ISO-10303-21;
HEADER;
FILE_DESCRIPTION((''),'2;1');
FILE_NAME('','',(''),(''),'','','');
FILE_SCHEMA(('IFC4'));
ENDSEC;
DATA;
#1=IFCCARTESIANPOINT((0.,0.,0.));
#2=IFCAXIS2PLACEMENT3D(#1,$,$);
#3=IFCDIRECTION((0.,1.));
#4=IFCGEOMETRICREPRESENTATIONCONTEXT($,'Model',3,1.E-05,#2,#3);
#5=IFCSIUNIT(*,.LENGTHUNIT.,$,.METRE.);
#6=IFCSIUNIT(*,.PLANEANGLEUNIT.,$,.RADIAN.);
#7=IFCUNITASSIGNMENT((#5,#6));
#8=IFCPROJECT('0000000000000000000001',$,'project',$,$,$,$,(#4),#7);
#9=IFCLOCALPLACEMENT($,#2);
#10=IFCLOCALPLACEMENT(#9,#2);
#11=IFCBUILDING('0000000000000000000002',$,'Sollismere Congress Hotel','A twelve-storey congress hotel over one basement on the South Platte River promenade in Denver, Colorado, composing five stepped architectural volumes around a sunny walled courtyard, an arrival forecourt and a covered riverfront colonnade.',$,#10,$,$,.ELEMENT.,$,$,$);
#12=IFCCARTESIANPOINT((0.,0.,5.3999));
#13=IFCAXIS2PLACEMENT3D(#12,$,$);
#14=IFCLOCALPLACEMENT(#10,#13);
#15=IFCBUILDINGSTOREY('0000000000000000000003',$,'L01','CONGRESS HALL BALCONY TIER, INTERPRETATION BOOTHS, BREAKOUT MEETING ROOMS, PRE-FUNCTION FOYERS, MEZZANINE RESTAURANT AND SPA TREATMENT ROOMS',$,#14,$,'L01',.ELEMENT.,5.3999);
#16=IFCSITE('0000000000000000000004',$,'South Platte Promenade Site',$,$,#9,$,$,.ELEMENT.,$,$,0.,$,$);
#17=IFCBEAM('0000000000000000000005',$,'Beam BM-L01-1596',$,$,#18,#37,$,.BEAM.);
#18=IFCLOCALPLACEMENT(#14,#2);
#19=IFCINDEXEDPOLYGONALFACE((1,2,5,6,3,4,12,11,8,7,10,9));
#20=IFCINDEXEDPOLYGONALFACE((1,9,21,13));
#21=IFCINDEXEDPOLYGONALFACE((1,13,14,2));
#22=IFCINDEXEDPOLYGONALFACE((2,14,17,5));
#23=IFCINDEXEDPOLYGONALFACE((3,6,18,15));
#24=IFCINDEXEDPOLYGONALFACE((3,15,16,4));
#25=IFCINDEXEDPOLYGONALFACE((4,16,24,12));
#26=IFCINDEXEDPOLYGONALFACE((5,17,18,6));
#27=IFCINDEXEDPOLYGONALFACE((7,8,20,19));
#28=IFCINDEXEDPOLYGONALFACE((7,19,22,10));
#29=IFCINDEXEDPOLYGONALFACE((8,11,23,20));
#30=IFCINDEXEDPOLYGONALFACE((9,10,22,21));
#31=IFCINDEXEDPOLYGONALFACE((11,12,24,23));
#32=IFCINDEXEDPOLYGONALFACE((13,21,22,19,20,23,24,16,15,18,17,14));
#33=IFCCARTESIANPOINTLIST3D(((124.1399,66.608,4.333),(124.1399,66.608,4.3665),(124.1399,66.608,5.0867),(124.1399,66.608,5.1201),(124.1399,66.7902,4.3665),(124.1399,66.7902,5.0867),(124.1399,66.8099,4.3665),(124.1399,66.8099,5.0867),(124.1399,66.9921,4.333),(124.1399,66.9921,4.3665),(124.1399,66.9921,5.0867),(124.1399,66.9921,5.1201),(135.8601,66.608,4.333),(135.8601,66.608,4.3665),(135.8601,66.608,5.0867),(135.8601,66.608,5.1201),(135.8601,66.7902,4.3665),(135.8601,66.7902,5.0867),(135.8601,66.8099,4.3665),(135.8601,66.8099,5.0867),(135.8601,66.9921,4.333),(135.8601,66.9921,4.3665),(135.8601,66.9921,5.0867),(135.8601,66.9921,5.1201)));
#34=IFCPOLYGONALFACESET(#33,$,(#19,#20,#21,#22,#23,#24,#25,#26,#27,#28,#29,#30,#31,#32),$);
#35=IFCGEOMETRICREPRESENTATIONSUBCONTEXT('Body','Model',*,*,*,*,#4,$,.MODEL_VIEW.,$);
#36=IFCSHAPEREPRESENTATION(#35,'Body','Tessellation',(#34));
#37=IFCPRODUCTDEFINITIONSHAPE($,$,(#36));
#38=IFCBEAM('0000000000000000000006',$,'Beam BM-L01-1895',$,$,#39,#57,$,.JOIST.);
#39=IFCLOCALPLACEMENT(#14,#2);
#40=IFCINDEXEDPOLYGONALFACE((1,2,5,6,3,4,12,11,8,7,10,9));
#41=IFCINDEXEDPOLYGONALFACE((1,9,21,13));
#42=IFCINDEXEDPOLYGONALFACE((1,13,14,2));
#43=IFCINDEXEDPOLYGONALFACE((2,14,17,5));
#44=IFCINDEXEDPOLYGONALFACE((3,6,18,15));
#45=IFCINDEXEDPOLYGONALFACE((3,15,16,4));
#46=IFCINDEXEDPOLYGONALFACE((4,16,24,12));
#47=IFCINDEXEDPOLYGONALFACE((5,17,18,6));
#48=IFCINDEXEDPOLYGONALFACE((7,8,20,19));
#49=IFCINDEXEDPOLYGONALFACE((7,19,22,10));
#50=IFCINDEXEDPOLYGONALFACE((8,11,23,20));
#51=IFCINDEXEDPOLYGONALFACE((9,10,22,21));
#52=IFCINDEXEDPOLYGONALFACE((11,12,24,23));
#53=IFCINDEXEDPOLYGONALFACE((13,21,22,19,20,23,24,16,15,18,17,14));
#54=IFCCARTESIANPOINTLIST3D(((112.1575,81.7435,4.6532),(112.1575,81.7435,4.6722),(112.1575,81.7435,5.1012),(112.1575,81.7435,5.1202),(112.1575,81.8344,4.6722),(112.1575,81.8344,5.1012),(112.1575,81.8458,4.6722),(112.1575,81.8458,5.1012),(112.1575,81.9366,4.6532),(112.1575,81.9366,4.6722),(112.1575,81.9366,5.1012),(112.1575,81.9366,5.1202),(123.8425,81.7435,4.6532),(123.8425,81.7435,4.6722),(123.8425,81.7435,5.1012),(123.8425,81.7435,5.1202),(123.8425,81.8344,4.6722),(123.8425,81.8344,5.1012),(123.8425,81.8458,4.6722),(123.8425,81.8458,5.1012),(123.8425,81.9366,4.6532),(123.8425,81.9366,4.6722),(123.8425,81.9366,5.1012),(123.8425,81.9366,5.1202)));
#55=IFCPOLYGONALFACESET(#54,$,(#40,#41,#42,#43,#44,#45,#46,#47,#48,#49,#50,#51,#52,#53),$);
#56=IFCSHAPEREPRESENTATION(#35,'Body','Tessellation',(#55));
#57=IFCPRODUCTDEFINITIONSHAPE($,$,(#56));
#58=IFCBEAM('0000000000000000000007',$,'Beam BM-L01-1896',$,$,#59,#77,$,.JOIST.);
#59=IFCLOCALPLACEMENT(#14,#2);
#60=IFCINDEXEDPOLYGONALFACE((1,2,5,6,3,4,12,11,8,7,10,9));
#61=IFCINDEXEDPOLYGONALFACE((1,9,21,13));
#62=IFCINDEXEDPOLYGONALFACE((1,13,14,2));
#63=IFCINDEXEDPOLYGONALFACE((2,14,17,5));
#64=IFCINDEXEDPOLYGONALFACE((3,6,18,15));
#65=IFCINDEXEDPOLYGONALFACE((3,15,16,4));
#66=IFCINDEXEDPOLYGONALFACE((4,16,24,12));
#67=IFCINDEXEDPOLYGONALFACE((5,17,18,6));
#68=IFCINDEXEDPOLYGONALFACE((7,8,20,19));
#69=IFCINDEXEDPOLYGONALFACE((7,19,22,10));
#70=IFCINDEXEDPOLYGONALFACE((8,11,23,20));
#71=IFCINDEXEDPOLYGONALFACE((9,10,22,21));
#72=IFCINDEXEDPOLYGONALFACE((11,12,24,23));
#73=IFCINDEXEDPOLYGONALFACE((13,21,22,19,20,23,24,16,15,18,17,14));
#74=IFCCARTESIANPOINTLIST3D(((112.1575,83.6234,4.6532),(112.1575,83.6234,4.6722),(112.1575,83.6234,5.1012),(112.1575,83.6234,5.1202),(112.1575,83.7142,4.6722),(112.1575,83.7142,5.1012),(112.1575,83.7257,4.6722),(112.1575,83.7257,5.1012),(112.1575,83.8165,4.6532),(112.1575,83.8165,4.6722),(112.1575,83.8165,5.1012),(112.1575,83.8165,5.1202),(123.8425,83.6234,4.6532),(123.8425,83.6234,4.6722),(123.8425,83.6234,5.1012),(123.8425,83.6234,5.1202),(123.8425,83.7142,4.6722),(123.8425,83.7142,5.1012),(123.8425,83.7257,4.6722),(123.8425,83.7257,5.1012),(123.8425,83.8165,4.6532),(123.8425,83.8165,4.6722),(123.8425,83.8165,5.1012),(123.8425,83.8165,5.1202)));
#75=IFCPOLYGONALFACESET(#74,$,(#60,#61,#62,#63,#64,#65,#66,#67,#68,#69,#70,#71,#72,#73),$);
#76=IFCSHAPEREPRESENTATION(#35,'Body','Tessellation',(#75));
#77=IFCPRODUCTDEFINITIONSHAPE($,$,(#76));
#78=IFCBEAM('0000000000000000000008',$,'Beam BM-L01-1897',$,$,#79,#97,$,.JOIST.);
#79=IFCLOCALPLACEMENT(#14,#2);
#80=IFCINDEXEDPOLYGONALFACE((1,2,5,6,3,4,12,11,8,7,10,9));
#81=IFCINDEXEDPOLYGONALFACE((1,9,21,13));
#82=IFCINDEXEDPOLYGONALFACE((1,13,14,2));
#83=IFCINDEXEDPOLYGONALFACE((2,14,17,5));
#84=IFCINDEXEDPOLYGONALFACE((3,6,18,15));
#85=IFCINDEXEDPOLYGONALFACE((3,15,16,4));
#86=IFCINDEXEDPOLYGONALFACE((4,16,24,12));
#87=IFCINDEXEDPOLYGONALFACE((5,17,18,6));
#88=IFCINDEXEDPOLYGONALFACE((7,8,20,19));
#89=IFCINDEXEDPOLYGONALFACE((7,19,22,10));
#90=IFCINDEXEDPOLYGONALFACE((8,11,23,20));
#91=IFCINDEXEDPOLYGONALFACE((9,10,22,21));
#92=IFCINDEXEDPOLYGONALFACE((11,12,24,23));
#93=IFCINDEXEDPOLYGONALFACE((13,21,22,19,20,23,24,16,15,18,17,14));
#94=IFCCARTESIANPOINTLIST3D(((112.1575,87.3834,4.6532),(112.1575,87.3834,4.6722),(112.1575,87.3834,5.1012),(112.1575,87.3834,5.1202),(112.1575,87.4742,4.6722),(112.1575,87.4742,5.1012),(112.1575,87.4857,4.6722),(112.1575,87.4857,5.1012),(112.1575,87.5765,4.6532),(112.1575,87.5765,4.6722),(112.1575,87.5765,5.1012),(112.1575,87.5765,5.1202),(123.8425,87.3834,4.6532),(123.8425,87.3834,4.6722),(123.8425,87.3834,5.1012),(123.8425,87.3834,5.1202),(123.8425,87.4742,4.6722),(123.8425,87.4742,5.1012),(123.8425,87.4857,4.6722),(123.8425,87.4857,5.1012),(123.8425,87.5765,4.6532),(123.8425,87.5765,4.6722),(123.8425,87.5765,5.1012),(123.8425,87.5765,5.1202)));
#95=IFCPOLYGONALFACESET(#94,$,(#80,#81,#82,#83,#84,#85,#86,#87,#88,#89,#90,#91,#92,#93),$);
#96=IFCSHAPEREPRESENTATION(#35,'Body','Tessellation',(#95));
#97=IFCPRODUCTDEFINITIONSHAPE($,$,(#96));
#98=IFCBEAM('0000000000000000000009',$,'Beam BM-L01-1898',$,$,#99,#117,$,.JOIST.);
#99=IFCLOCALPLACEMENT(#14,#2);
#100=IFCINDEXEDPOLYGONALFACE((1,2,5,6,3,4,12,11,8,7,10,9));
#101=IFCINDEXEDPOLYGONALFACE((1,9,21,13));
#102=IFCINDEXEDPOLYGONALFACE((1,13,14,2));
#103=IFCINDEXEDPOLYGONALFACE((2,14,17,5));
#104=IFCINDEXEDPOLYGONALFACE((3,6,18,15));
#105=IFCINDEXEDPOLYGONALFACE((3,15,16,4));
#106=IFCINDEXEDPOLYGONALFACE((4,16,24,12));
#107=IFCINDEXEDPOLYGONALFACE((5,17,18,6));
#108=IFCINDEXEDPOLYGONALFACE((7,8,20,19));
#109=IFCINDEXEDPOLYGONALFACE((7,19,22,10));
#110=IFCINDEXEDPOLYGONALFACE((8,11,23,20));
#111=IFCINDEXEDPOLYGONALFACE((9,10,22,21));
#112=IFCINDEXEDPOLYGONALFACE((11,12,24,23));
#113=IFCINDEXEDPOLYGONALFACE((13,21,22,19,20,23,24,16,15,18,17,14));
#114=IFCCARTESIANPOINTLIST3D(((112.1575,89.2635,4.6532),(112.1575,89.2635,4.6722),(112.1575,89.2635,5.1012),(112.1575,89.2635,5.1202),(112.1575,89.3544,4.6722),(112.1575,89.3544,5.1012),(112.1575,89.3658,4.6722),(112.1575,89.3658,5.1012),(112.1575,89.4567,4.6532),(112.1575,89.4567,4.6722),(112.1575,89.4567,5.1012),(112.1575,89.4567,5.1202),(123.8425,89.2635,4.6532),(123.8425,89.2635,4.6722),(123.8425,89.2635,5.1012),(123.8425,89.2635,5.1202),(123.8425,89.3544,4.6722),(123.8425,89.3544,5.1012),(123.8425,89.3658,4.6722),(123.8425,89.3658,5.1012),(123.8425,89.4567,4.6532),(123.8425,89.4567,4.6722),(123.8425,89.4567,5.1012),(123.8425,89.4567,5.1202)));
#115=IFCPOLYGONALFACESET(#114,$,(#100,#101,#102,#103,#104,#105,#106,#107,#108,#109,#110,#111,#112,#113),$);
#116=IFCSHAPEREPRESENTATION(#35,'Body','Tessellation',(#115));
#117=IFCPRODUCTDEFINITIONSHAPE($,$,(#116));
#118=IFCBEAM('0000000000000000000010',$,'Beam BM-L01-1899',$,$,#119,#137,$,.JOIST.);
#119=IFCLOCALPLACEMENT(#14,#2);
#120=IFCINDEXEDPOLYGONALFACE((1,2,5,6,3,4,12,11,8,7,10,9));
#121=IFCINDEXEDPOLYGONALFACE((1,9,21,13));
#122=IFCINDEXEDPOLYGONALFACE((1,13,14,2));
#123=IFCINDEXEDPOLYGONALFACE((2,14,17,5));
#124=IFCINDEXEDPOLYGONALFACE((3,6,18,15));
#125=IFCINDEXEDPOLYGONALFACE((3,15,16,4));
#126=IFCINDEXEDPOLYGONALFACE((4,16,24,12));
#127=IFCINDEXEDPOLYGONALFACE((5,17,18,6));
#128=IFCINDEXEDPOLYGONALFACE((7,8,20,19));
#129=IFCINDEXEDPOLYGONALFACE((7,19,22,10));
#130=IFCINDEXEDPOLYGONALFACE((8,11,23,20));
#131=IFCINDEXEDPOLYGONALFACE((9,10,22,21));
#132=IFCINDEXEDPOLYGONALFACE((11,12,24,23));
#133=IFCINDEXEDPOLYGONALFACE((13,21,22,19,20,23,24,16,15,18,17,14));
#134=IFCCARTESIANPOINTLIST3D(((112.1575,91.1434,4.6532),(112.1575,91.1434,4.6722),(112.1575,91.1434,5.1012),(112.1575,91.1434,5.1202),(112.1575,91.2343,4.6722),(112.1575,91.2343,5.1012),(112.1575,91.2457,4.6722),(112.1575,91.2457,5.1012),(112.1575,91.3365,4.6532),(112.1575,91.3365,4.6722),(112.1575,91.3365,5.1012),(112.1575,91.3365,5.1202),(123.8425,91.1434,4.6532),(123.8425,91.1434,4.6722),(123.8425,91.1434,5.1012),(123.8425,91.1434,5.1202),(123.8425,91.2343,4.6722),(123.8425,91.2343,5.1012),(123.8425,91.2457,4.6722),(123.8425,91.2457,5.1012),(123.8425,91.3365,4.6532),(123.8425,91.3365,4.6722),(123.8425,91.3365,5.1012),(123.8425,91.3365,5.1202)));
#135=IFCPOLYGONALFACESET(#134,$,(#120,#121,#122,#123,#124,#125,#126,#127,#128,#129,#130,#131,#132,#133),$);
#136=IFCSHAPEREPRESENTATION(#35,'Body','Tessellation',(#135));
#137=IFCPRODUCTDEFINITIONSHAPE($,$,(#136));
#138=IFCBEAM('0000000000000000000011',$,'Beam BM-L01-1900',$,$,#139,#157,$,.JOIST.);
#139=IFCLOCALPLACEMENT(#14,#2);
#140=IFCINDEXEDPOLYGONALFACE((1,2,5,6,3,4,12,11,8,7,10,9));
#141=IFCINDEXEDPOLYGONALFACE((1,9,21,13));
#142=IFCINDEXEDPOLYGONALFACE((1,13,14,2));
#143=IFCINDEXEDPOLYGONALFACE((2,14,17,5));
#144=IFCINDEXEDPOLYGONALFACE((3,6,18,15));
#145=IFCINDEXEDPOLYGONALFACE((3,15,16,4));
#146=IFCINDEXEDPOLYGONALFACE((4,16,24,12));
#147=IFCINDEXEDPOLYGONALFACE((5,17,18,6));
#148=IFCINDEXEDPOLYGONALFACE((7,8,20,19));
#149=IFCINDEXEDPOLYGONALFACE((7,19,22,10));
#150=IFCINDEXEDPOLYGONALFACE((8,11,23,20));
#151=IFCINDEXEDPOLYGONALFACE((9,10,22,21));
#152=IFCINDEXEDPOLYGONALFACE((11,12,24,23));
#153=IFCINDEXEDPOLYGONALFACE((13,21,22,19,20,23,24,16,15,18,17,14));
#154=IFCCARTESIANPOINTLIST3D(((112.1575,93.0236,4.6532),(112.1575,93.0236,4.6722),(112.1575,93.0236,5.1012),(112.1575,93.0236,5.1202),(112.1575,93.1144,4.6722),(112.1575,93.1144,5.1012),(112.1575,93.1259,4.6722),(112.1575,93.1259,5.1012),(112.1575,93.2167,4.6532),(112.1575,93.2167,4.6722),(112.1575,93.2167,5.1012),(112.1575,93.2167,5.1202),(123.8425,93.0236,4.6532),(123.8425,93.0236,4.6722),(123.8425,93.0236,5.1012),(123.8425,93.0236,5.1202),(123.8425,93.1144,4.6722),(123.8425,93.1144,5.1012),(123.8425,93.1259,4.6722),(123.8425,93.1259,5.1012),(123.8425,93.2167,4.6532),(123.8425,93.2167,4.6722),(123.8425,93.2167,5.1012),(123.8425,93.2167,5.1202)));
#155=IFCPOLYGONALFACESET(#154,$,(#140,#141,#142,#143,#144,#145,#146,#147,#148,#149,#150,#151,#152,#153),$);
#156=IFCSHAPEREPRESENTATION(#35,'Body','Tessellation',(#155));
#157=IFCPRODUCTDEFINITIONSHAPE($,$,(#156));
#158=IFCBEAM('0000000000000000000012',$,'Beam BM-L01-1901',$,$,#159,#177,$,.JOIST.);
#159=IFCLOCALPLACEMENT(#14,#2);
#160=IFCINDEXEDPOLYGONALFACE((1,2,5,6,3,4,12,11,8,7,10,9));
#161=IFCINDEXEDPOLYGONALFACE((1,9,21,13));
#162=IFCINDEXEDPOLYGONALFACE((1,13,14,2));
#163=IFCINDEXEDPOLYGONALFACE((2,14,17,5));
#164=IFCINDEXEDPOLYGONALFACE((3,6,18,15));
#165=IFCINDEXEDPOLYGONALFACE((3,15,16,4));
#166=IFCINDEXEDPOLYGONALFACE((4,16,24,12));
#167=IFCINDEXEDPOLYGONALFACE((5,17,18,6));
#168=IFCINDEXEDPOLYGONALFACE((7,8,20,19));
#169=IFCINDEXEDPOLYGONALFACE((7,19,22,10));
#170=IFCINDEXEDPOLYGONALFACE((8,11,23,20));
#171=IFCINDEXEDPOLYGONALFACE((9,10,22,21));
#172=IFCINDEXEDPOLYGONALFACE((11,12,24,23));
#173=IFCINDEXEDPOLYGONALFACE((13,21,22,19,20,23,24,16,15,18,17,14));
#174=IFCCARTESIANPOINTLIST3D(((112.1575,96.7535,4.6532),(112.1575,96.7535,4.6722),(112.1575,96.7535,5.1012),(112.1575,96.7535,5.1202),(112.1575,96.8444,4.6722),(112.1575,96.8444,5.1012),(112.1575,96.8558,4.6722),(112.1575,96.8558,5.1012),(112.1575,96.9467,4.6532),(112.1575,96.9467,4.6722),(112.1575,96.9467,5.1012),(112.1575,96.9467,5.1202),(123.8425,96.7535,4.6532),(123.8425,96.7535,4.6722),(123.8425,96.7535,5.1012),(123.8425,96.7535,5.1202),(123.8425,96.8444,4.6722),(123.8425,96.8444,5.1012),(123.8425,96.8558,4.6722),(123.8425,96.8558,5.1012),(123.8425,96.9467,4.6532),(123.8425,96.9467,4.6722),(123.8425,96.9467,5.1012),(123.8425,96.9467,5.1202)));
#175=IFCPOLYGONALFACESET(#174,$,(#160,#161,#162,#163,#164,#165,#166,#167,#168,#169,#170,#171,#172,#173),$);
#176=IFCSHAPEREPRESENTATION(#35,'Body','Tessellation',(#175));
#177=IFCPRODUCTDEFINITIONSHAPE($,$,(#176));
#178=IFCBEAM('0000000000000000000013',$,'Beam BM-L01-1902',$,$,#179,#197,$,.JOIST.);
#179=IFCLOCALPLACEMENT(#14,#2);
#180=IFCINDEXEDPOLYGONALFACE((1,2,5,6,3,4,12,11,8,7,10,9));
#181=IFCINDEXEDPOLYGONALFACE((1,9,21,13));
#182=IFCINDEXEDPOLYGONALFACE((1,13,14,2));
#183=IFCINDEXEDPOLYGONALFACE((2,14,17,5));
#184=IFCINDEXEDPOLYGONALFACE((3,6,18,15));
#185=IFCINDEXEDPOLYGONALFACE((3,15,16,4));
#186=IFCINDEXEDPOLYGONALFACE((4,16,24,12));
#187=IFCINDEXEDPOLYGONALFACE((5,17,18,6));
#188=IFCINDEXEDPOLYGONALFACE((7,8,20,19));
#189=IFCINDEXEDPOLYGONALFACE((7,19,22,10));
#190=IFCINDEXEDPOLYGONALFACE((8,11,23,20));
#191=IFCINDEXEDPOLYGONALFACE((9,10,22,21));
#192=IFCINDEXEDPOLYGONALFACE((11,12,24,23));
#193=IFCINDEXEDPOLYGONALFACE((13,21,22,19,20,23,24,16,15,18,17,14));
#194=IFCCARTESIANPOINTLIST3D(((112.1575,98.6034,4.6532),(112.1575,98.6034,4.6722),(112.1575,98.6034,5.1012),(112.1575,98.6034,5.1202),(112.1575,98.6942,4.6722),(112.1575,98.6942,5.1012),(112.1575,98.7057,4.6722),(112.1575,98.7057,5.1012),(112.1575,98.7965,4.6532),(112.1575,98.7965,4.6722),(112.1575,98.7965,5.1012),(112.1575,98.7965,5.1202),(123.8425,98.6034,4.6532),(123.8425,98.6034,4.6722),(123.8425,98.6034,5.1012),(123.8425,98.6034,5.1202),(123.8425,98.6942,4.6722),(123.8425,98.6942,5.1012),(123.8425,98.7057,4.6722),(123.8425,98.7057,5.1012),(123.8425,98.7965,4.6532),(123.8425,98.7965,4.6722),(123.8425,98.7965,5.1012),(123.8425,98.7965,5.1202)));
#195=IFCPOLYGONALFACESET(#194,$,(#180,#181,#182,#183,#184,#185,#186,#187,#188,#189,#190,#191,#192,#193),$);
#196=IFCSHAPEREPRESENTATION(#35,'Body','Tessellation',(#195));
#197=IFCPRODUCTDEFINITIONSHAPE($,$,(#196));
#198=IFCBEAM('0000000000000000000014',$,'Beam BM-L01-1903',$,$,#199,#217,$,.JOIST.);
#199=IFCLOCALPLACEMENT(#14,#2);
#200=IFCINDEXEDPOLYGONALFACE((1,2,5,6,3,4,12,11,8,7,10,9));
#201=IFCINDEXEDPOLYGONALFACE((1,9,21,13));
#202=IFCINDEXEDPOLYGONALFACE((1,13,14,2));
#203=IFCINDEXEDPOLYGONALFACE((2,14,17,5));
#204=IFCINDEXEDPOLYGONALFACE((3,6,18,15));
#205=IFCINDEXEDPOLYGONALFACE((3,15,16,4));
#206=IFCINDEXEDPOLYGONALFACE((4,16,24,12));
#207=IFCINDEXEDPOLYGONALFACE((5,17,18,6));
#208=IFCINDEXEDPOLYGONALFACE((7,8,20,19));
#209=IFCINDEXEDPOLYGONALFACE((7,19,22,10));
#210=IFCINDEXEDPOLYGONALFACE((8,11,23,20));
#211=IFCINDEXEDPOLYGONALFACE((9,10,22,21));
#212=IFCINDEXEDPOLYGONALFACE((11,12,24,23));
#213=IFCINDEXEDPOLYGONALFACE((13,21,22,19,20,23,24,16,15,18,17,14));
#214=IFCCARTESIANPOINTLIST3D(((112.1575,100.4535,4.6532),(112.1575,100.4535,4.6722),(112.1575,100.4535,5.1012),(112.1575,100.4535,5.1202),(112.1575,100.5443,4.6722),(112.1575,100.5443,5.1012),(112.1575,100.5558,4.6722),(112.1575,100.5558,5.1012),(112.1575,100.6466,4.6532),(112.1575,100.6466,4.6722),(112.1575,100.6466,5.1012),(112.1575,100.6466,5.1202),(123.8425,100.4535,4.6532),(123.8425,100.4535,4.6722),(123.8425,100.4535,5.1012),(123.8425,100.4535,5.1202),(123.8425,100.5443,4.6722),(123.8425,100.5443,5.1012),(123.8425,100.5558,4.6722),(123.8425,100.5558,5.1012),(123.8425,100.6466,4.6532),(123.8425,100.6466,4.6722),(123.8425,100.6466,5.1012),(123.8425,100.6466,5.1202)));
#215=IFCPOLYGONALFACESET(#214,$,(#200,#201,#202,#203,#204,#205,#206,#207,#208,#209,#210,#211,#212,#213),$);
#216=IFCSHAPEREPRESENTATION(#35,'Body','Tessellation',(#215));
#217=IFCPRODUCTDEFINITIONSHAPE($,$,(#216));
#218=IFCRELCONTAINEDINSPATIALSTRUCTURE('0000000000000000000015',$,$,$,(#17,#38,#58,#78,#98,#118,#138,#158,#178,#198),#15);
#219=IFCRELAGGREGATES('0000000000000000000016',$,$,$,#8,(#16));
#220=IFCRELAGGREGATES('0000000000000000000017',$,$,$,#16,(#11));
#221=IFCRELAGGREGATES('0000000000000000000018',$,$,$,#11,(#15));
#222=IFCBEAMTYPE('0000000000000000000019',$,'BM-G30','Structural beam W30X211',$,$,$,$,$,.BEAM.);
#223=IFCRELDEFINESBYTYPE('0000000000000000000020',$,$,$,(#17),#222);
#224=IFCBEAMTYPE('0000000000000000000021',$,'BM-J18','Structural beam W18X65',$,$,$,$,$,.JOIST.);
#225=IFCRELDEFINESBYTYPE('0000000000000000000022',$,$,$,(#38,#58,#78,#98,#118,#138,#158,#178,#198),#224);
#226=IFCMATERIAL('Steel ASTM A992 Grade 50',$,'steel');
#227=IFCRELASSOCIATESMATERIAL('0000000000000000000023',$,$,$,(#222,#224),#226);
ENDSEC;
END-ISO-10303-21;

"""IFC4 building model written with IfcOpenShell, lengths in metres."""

from ifc_helpers import new_model, si_unit, direction, frame, origin, origin_2d, place, context, subcontext, project, spatial, i_section, extrude, material, material_profile, profile_set, type_object, element, save


model = new_model("IFC4")

# Units and contexts
model_context = context("Model", 3, precision=1e-05, world=origin(), true_north=direction((0.0, 1.0)))
body_context = subcontext(model_context, "Body", "Model", "MODEL_VIEW")
ifc_project = project(units=[si_unit("LENGTHUNIT", "METRE"), si_unit("PLANEANGLEUNIT", "RADIAN")], contexts=[model_context])

# Site, building, storey
site_placement = place(None, origin())
site = spatial("IfcSite", under=ifc_project, at=site_placement, Name="South Platte Promenade Site", CompositionType="ELEMENT", RefElevation=0.0)
building_placement = place(site_placement, origin())
building = spatial("IfcBuilding", under=site, at=building_placement, Name="Sollismere Congress Hotel", Description="A twelve-storey congress hotel over one basement on the South Platte River promenade in Denver, Colorado, composing five stepped architectural volumes around a sunny walled courtyard, an arrival forecourt and a covered riverfront colonnade.", CompositionType="ELEMENT")
storey_placement = place(building_placement, frame((0.0, 0.0, 5.3999)))
storey = spatial("IfcBuildingStorey", under=building, at=storey_placement, Name="L01", Description="CONGRESS HALL BALCONY TIER, INTERPRETATION BOOTHS, BREAKOUT MEETING ROOMS, PRE-FUNCTION FOYERS, MEZZANINE RESTAURANT AND SPA TREATMENT ROOMS", LongName="L01", CompositionType="ELEMENT", Elevation=5.3999)

# Shared definitions
ifc_material_1 = material(Name="Steel ASTM A992 Grade 50", Category="steel")

# Beams
ifc_material_profile_1 = material_profile(ifc_material_1, i_section(OverallWidth=0.384, OverallDepth=0.7871, WebThickness=0.0198, FlangeThickness=0.0334, at=origin_2d()), Name="W30X211")
ifc_profile_set_1 = profile_set([ifc_material_profile_1], Name="Steel ASTM A992 Grade 50")
beam_type_1 = type_object("IfcBeamType", Name="BM-G30", Description="Structural beam W30X211", PredefinedType="BEAM", material=ifc_profile_set_1)
beam_1_placement = place(storey_placement, frame((124.1399, 66.8, 4.7266), z_axis=(1.0, 0.0, 0.0), x_axis=(0.0, 1.0, 0.0)))
element("IfcBeam", 1, at=beam_1_placement, inside=storey, type_object=beam_type_1, Name="Beam BM-L01-1596", PredefinedType="BEAM", context=body_context, shape_type="SweptSolid", body=[
    extrude(i_section(OverallWidth=0.384, OverallDepth=0.7871, WebThickness=0.0198, FlangeThickness=0.0334, at=origin_2d()), origin(), (0.0, 0.0, 1.0), 11.7202),
])
ifc_material_profile_2 = material_profile(ifc_material_1, i_section(OverallWidth=0.1931, OverallDepth=0.467, WebThickness=0.0115, FlangeThickness=0.019, at=origin_2d()), Name="W18X65")
ifc_profile_set_2 = profile_set([ifc_material_profile_2], Name="Steel ASTM A992 Grade 50")
beam_type_2 = type_object("IfcBeamType", Name="BM-J18", Description="Structural beam W18X65", PredefinedType="JOIST", material=ifc_profile_set_2)
for number, where, z_axis, x_axis, name in (
    (2, (112.1575, 81.8401, 4.8867), (1.0, 0.0, 0.0), (0.0, 1.0, 0.0), "Beam BM-L01-1895"),
    (3, (112.1575, 83.72, 4.8867), (1.0, 0.0, 0.0), (0.0, 1.0, 0.0), "Beam BM-L01-1896"),
    (4, (112.1575, 87.48, 4.8867), (1.0, 0.0, 0.0), (0.0, 1.0, 0.0), "Beam BM-L01-1897"),
    (5, (112.1575, 89.3601, 4.8867), (1.0, 0.0, 0.0), (0.0, 1.0, 0.0), "Beam BM-L01-1898"),
    (6, (112.1575, 91.24, 4.8867), (1.0, 0.0, 0.0), (0.0, 1.0, 0.0), "Beam BM-L01-1899"),
    (7, (112.1575, 93.1201, 4.8867), (1.0, 0.0, 0.0), (0.0, 1.0, 0.0), "Beam BM-L01-1900"),
    (8, (112.1575, 96.8501, 4.8867), (1.0, 0.0, 0.0), (0.0, 1.0, 0.0), "Beam BM-L01-1901"),
    (9, (112.1575, 98.7, 4.8867), (1.0, 0.0, 0.0), (0.0, 1.0, 0.0), "Beam BM-L01-1902"),
    (10, (112.1575, 100.55, 4.8867), (1.0, 0.0, 0.0), (0.0, 1.0, 0.0), "Beam BM-L01-1903"),
):
    element("IfcBeam", number, at=place(storey_placement, frame(where, z_axis=z_axis, x_axis=x_axis)), inside=storey, type_object=beam_type_2, Name=name, PredefinedType="JOIST", context=body_context, shape_type="SweptSolid", body=[
        extrude(i_section(OverallWidth=0.1931, OverallDepth=0.467, WebThickness=0.0115, FlangeThickness=0.019, at=origin_2d()), origin(), (0.0, 0.0, 1.0), 11.6851),
    ])

save(model, "model.ifc")
